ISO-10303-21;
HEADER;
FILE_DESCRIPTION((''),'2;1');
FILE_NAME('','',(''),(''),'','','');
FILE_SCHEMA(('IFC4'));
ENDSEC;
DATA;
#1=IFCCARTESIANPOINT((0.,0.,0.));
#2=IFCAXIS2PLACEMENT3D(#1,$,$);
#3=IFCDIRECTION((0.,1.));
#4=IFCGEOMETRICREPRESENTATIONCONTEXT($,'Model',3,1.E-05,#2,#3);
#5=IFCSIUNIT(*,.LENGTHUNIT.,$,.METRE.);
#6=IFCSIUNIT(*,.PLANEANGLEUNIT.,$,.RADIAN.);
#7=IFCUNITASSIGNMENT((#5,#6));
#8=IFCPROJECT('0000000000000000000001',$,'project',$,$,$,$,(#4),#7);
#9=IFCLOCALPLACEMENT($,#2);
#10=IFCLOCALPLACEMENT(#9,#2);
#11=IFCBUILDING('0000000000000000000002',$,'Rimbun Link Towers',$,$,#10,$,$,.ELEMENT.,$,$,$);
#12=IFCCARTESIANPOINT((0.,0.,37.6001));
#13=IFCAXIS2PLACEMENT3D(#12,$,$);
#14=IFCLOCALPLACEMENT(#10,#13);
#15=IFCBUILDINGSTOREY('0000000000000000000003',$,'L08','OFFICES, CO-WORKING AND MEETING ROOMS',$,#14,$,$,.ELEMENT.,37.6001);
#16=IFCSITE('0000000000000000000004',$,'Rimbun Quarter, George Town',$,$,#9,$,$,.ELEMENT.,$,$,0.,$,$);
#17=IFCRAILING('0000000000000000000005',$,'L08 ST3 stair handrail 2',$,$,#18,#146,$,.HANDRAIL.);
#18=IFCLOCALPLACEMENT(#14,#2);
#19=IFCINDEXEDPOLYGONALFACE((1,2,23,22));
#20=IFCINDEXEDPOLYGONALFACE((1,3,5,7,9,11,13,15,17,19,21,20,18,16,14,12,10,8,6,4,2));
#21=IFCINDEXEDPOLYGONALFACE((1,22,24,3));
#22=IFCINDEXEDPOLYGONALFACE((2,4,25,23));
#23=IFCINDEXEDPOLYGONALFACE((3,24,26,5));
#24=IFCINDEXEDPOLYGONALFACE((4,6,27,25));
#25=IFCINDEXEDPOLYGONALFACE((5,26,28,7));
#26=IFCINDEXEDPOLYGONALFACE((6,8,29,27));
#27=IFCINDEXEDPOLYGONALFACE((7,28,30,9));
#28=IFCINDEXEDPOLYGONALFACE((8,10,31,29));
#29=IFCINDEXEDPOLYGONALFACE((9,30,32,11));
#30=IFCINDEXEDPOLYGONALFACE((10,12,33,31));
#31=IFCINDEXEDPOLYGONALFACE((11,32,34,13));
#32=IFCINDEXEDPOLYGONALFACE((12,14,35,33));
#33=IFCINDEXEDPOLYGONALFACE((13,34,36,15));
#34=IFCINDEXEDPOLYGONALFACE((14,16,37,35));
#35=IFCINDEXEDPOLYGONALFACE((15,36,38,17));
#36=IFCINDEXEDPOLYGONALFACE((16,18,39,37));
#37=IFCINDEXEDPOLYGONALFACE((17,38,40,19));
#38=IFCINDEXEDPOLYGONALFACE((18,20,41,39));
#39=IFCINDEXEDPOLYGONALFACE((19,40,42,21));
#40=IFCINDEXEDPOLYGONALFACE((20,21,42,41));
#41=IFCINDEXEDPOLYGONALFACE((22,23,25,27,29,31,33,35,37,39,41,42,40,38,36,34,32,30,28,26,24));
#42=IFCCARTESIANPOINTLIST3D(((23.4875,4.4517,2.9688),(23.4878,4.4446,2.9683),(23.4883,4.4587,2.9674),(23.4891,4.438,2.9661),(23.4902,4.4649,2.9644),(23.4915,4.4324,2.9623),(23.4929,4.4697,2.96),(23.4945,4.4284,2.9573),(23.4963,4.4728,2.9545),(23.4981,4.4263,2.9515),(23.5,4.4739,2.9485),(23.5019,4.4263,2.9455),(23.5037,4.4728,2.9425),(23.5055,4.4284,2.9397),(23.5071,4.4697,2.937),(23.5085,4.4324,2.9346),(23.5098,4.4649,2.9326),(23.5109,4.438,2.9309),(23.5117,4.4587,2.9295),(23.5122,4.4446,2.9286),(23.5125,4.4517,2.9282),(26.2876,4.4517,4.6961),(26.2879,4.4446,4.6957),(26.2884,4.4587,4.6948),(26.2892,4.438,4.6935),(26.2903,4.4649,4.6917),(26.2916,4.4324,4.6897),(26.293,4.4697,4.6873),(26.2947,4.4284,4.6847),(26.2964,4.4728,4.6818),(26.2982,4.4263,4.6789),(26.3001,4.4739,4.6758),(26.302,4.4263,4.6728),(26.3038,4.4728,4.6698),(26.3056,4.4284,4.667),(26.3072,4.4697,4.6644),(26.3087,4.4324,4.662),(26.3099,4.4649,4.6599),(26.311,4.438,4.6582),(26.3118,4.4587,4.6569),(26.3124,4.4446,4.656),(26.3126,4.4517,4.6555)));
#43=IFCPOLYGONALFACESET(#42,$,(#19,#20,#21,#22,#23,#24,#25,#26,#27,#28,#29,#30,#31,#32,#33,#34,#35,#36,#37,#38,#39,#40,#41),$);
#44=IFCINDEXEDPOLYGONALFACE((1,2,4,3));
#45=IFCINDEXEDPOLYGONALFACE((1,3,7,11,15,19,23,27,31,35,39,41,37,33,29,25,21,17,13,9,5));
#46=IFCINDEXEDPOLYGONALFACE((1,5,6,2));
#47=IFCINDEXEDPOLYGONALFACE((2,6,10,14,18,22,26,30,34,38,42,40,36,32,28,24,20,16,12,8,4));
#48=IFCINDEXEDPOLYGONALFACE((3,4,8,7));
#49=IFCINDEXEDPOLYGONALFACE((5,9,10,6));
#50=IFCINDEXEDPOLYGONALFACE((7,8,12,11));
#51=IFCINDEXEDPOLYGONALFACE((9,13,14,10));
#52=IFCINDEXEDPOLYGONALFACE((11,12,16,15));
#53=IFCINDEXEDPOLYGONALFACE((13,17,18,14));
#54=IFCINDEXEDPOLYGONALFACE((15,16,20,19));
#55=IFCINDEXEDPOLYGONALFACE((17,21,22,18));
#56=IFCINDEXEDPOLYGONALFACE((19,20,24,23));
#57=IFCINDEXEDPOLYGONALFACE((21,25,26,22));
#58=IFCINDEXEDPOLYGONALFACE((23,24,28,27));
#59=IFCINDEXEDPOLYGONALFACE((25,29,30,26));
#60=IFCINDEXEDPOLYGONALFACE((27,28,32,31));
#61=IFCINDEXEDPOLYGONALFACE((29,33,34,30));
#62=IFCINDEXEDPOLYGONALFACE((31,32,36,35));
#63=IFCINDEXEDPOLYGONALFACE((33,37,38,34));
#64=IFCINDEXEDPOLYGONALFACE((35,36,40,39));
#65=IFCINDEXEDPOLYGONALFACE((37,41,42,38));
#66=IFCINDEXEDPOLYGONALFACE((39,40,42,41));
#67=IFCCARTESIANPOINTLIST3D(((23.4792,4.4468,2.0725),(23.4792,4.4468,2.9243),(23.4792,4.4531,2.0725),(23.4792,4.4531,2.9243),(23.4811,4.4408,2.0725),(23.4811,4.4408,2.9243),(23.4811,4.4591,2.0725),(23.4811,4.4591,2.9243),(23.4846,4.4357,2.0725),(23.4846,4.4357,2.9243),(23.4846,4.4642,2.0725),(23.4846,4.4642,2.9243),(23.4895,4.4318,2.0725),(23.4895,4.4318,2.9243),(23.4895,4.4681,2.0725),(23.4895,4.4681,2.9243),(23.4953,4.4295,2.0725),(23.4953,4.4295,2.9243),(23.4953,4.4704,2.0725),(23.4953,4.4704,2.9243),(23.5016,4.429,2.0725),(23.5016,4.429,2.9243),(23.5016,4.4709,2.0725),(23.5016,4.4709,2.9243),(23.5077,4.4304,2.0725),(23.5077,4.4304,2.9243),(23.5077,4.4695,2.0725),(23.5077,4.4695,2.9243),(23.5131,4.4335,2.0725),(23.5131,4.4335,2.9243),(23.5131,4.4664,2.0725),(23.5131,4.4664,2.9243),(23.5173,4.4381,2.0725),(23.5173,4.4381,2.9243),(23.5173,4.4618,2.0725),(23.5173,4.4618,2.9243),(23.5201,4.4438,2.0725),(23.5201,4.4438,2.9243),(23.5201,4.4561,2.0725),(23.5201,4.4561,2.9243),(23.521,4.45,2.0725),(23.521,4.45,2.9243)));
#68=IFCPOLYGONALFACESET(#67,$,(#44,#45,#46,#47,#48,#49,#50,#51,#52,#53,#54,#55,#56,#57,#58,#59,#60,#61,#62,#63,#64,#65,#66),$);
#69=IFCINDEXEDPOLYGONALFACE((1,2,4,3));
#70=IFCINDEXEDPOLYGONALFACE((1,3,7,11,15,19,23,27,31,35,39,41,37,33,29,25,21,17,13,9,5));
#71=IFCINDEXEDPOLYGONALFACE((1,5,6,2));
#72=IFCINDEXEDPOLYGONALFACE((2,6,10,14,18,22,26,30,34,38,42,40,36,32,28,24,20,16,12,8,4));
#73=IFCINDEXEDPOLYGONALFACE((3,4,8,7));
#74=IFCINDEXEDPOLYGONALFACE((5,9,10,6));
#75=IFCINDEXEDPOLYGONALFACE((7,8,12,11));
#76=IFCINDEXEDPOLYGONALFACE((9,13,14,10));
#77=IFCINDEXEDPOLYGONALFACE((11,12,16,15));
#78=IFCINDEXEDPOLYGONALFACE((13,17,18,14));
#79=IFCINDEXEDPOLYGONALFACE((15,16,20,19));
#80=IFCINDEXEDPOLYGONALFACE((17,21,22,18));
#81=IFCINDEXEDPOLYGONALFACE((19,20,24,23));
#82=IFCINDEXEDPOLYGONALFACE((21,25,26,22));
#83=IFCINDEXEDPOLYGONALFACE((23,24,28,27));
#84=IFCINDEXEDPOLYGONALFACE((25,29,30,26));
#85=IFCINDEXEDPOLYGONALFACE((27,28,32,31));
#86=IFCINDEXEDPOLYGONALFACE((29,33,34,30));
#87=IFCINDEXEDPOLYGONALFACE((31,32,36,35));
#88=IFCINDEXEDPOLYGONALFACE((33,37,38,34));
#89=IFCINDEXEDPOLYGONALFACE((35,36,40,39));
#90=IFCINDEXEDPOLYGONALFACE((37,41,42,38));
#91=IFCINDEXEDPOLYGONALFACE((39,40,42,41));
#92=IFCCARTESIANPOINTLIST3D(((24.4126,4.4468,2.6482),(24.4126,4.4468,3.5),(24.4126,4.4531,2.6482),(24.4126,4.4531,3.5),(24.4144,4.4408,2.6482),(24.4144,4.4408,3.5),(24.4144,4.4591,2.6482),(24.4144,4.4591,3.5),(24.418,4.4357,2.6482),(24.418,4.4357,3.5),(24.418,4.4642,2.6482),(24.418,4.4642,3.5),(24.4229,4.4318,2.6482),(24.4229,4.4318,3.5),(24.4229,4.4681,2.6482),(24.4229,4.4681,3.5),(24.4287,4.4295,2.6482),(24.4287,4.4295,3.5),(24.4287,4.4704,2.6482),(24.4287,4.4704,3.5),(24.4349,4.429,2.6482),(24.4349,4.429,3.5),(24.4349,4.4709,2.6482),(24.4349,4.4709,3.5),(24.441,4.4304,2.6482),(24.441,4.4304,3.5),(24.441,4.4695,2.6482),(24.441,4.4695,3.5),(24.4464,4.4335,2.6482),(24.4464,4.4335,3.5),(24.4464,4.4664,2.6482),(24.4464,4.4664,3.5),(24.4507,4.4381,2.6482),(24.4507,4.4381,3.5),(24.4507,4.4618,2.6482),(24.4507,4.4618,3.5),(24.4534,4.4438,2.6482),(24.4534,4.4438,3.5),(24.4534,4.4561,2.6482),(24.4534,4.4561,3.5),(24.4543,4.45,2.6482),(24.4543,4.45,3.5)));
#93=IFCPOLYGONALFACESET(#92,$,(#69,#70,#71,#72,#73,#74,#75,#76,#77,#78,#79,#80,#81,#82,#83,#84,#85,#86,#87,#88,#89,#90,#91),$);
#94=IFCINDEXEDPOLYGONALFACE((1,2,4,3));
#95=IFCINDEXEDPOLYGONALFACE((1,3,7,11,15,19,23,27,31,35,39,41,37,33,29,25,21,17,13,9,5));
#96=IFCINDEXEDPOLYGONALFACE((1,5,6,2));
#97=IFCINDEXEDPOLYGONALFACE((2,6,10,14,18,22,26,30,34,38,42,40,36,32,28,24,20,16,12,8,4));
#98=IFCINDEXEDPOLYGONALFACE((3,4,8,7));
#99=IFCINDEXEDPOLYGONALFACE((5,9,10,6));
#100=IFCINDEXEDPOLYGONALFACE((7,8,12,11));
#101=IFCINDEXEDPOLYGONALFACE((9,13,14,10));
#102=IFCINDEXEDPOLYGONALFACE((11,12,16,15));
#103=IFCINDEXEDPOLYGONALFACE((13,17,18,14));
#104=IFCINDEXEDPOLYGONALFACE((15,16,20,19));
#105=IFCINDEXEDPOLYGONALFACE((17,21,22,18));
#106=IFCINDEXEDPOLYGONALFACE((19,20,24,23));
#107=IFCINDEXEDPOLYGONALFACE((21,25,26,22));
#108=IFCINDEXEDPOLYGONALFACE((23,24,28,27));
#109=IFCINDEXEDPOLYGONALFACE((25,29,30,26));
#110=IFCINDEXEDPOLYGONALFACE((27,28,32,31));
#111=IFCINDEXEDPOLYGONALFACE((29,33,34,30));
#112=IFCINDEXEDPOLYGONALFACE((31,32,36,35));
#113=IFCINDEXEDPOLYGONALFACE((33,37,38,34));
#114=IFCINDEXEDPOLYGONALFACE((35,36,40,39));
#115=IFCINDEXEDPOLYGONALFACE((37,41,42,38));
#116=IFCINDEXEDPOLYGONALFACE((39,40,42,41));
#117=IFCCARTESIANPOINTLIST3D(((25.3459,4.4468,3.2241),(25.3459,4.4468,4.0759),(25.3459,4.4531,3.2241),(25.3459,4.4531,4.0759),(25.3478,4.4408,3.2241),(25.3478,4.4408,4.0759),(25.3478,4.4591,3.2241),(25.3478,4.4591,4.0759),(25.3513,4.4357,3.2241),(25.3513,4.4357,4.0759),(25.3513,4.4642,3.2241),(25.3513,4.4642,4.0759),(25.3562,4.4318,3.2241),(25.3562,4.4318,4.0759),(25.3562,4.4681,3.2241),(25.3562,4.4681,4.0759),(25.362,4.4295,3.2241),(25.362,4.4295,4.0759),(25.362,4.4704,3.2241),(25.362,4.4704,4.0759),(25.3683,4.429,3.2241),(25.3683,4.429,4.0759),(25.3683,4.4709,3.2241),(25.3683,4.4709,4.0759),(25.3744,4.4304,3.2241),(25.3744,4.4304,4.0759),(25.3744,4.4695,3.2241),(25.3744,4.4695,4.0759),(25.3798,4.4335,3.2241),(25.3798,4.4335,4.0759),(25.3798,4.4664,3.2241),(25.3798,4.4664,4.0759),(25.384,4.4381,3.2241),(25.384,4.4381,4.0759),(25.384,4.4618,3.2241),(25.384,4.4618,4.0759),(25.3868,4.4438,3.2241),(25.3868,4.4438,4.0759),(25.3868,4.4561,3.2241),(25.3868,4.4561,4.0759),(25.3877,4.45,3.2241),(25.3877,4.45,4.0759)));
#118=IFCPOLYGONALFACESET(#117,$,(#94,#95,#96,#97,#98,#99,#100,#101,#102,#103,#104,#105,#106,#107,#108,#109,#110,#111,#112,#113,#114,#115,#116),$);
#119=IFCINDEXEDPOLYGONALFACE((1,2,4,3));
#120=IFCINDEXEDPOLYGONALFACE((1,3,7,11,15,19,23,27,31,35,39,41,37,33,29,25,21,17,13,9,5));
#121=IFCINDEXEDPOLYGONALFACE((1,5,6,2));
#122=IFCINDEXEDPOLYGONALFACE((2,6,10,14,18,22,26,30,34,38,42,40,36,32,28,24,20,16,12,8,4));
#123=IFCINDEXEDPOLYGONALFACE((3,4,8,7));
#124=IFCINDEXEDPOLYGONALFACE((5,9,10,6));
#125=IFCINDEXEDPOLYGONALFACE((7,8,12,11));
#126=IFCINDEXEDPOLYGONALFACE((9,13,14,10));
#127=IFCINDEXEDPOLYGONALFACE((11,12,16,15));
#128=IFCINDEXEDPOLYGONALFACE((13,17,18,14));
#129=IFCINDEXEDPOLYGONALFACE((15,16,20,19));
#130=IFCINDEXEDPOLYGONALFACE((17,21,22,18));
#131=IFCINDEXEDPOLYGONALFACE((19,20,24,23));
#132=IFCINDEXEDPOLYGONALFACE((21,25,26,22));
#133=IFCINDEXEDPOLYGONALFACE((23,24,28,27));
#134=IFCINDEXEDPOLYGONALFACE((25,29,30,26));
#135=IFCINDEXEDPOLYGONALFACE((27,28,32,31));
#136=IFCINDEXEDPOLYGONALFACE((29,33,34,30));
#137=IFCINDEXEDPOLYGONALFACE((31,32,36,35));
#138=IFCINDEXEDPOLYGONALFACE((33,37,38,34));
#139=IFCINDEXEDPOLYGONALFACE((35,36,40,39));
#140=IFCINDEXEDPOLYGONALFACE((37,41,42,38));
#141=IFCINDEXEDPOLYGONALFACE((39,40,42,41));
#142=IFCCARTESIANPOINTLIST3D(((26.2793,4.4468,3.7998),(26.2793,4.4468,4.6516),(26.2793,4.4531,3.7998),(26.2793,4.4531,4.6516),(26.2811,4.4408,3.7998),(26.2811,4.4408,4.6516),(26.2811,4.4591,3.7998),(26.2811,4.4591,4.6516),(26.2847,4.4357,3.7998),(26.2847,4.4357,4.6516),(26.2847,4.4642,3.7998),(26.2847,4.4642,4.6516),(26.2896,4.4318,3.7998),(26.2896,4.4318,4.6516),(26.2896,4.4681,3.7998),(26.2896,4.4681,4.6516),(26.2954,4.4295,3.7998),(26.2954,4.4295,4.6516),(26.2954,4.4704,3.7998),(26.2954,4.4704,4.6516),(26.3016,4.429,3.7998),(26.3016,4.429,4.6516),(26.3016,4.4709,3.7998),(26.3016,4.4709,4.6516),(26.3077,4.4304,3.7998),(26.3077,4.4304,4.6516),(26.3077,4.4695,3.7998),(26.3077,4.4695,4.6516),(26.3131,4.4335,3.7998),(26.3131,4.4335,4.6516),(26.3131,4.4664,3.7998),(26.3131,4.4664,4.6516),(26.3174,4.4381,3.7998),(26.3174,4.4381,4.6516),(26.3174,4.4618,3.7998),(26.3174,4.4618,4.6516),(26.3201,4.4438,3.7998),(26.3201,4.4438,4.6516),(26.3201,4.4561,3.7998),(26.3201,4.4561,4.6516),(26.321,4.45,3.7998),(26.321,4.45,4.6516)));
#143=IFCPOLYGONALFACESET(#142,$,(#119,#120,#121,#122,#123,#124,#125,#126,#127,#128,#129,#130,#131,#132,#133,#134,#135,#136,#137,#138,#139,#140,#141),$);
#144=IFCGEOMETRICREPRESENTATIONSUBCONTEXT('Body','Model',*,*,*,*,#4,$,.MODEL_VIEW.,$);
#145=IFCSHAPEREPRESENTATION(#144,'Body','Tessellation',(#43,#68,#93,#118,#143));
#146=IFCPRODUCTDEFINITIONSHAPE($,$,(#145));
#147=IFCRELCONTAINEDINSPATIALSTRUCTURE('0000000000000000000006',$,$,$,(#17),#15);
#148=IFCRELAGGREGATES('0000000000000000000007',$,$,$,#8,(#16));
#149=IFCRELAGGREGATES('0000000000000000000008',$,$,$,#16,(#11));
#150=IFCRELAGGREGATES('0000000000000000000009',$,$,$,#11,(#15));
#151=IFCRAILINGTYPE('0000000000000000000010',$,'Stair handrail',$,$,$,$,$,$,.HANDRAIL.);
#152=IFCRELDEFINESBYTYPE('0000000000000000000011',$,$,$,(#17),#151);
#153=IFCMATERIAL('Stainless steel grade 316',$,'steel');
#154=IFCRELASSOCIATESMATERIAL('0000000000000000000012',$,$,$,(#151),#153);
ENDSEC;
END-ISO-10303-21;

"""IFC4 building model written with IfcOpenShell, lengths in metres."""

from ifc_helpers import new_model, si_unit, direction, frame, origin, origin_2d, place, context, subcontext, project, spatial, circle, extrude, material, type_object, element, save


model = new_model("IFC4")

# Units and contexts
model_context = context("Model", 3, precision=1e-05, world=origin(), true_north=direction((0.0, 1.0)))
body_context = subcontext(model_context, "Body", "Model", "MODEL_VIEW")
ifc_project = project(units=[si_unit("LENGTHUNIT", "METRE"), si_unit("PLANEANGLEUNIT", "RADIAN")], contexts=[model_context])

# Site, building, storey
site_placement = place(None, origin())
site = spatial("IfcSite", under=ifc_project, at=site_placement, Name="Rimbun Quarter, George Town", CompositionType="ELEMENT", RefElevation=0.0)
building_placement = place(site_placement, origin())
building = spatial("IfcBuilding", under=site, at=building_placement, Name="Rimbun Link Towers", CompositionType="ELEMENT")
storey_placement = place(building_placement, frame((0.0, 0.0, 37.6001)))
storey = spatial("IfcBuildingStorey", under=building, at=storey_placement, Name="L08", Description="OFFICES, CO-WORKING AND MEETING ROOMS", CompositionType="ELEMENT", Elevation=37.6001)

# Railing
ifc_material_1 = material(Name="Stainless steel grade 316", Category="steel")
railing_type_1 = type_object("IfcRailingType", Name="Stair handrail", PredefinedType="HANDRAIL", material=ifc_material_1)
railing_1_placement = place(storey_placement, frame((23.5, 4.45, 2.0725)))
element("IfcRailing", 1, at=railing_1_placement, inside=storey, type_object=railing_type_1, Name="L08 ST3 stair handrail 2", PredefinedType="HANDRAIL", context=body_context, shape_type="SweptSolid", body=[
    extrude(circle(Radius=0.0239, at=origin_2d()), frame((0.0, 0.0, 0.876), z_axis=(0.85109, 0.0, 0.52502), x_axis=(0.0, 1.0, 0.0)), (0.0, 0.0, 1.0), 3.29),
    extrude(circle(Radius=0.021, at=origin_2d()), origin(), (0.0, 0.0, 1.0), 0.8518),
    extrude(circle(Radius=0.021, at=origin_2d()), frame((0.9333, 0.0, 0.5757)), (0.0, 0.0, 1.0), 0.8518),
    extrude(circle(Radius=0.021, at=origin_2d()), frame((1.8667, 0.0, 1.1516)), (0.0, 0.0, 1.0), 0.8518),
    extrude(circle(Radius=0.021, at=origin_2d()), frame((2.8, 0.0, 1.7273)), (0.0, 0.0, 1.0), 0.8518),
])

save(model, "model.ifc")
